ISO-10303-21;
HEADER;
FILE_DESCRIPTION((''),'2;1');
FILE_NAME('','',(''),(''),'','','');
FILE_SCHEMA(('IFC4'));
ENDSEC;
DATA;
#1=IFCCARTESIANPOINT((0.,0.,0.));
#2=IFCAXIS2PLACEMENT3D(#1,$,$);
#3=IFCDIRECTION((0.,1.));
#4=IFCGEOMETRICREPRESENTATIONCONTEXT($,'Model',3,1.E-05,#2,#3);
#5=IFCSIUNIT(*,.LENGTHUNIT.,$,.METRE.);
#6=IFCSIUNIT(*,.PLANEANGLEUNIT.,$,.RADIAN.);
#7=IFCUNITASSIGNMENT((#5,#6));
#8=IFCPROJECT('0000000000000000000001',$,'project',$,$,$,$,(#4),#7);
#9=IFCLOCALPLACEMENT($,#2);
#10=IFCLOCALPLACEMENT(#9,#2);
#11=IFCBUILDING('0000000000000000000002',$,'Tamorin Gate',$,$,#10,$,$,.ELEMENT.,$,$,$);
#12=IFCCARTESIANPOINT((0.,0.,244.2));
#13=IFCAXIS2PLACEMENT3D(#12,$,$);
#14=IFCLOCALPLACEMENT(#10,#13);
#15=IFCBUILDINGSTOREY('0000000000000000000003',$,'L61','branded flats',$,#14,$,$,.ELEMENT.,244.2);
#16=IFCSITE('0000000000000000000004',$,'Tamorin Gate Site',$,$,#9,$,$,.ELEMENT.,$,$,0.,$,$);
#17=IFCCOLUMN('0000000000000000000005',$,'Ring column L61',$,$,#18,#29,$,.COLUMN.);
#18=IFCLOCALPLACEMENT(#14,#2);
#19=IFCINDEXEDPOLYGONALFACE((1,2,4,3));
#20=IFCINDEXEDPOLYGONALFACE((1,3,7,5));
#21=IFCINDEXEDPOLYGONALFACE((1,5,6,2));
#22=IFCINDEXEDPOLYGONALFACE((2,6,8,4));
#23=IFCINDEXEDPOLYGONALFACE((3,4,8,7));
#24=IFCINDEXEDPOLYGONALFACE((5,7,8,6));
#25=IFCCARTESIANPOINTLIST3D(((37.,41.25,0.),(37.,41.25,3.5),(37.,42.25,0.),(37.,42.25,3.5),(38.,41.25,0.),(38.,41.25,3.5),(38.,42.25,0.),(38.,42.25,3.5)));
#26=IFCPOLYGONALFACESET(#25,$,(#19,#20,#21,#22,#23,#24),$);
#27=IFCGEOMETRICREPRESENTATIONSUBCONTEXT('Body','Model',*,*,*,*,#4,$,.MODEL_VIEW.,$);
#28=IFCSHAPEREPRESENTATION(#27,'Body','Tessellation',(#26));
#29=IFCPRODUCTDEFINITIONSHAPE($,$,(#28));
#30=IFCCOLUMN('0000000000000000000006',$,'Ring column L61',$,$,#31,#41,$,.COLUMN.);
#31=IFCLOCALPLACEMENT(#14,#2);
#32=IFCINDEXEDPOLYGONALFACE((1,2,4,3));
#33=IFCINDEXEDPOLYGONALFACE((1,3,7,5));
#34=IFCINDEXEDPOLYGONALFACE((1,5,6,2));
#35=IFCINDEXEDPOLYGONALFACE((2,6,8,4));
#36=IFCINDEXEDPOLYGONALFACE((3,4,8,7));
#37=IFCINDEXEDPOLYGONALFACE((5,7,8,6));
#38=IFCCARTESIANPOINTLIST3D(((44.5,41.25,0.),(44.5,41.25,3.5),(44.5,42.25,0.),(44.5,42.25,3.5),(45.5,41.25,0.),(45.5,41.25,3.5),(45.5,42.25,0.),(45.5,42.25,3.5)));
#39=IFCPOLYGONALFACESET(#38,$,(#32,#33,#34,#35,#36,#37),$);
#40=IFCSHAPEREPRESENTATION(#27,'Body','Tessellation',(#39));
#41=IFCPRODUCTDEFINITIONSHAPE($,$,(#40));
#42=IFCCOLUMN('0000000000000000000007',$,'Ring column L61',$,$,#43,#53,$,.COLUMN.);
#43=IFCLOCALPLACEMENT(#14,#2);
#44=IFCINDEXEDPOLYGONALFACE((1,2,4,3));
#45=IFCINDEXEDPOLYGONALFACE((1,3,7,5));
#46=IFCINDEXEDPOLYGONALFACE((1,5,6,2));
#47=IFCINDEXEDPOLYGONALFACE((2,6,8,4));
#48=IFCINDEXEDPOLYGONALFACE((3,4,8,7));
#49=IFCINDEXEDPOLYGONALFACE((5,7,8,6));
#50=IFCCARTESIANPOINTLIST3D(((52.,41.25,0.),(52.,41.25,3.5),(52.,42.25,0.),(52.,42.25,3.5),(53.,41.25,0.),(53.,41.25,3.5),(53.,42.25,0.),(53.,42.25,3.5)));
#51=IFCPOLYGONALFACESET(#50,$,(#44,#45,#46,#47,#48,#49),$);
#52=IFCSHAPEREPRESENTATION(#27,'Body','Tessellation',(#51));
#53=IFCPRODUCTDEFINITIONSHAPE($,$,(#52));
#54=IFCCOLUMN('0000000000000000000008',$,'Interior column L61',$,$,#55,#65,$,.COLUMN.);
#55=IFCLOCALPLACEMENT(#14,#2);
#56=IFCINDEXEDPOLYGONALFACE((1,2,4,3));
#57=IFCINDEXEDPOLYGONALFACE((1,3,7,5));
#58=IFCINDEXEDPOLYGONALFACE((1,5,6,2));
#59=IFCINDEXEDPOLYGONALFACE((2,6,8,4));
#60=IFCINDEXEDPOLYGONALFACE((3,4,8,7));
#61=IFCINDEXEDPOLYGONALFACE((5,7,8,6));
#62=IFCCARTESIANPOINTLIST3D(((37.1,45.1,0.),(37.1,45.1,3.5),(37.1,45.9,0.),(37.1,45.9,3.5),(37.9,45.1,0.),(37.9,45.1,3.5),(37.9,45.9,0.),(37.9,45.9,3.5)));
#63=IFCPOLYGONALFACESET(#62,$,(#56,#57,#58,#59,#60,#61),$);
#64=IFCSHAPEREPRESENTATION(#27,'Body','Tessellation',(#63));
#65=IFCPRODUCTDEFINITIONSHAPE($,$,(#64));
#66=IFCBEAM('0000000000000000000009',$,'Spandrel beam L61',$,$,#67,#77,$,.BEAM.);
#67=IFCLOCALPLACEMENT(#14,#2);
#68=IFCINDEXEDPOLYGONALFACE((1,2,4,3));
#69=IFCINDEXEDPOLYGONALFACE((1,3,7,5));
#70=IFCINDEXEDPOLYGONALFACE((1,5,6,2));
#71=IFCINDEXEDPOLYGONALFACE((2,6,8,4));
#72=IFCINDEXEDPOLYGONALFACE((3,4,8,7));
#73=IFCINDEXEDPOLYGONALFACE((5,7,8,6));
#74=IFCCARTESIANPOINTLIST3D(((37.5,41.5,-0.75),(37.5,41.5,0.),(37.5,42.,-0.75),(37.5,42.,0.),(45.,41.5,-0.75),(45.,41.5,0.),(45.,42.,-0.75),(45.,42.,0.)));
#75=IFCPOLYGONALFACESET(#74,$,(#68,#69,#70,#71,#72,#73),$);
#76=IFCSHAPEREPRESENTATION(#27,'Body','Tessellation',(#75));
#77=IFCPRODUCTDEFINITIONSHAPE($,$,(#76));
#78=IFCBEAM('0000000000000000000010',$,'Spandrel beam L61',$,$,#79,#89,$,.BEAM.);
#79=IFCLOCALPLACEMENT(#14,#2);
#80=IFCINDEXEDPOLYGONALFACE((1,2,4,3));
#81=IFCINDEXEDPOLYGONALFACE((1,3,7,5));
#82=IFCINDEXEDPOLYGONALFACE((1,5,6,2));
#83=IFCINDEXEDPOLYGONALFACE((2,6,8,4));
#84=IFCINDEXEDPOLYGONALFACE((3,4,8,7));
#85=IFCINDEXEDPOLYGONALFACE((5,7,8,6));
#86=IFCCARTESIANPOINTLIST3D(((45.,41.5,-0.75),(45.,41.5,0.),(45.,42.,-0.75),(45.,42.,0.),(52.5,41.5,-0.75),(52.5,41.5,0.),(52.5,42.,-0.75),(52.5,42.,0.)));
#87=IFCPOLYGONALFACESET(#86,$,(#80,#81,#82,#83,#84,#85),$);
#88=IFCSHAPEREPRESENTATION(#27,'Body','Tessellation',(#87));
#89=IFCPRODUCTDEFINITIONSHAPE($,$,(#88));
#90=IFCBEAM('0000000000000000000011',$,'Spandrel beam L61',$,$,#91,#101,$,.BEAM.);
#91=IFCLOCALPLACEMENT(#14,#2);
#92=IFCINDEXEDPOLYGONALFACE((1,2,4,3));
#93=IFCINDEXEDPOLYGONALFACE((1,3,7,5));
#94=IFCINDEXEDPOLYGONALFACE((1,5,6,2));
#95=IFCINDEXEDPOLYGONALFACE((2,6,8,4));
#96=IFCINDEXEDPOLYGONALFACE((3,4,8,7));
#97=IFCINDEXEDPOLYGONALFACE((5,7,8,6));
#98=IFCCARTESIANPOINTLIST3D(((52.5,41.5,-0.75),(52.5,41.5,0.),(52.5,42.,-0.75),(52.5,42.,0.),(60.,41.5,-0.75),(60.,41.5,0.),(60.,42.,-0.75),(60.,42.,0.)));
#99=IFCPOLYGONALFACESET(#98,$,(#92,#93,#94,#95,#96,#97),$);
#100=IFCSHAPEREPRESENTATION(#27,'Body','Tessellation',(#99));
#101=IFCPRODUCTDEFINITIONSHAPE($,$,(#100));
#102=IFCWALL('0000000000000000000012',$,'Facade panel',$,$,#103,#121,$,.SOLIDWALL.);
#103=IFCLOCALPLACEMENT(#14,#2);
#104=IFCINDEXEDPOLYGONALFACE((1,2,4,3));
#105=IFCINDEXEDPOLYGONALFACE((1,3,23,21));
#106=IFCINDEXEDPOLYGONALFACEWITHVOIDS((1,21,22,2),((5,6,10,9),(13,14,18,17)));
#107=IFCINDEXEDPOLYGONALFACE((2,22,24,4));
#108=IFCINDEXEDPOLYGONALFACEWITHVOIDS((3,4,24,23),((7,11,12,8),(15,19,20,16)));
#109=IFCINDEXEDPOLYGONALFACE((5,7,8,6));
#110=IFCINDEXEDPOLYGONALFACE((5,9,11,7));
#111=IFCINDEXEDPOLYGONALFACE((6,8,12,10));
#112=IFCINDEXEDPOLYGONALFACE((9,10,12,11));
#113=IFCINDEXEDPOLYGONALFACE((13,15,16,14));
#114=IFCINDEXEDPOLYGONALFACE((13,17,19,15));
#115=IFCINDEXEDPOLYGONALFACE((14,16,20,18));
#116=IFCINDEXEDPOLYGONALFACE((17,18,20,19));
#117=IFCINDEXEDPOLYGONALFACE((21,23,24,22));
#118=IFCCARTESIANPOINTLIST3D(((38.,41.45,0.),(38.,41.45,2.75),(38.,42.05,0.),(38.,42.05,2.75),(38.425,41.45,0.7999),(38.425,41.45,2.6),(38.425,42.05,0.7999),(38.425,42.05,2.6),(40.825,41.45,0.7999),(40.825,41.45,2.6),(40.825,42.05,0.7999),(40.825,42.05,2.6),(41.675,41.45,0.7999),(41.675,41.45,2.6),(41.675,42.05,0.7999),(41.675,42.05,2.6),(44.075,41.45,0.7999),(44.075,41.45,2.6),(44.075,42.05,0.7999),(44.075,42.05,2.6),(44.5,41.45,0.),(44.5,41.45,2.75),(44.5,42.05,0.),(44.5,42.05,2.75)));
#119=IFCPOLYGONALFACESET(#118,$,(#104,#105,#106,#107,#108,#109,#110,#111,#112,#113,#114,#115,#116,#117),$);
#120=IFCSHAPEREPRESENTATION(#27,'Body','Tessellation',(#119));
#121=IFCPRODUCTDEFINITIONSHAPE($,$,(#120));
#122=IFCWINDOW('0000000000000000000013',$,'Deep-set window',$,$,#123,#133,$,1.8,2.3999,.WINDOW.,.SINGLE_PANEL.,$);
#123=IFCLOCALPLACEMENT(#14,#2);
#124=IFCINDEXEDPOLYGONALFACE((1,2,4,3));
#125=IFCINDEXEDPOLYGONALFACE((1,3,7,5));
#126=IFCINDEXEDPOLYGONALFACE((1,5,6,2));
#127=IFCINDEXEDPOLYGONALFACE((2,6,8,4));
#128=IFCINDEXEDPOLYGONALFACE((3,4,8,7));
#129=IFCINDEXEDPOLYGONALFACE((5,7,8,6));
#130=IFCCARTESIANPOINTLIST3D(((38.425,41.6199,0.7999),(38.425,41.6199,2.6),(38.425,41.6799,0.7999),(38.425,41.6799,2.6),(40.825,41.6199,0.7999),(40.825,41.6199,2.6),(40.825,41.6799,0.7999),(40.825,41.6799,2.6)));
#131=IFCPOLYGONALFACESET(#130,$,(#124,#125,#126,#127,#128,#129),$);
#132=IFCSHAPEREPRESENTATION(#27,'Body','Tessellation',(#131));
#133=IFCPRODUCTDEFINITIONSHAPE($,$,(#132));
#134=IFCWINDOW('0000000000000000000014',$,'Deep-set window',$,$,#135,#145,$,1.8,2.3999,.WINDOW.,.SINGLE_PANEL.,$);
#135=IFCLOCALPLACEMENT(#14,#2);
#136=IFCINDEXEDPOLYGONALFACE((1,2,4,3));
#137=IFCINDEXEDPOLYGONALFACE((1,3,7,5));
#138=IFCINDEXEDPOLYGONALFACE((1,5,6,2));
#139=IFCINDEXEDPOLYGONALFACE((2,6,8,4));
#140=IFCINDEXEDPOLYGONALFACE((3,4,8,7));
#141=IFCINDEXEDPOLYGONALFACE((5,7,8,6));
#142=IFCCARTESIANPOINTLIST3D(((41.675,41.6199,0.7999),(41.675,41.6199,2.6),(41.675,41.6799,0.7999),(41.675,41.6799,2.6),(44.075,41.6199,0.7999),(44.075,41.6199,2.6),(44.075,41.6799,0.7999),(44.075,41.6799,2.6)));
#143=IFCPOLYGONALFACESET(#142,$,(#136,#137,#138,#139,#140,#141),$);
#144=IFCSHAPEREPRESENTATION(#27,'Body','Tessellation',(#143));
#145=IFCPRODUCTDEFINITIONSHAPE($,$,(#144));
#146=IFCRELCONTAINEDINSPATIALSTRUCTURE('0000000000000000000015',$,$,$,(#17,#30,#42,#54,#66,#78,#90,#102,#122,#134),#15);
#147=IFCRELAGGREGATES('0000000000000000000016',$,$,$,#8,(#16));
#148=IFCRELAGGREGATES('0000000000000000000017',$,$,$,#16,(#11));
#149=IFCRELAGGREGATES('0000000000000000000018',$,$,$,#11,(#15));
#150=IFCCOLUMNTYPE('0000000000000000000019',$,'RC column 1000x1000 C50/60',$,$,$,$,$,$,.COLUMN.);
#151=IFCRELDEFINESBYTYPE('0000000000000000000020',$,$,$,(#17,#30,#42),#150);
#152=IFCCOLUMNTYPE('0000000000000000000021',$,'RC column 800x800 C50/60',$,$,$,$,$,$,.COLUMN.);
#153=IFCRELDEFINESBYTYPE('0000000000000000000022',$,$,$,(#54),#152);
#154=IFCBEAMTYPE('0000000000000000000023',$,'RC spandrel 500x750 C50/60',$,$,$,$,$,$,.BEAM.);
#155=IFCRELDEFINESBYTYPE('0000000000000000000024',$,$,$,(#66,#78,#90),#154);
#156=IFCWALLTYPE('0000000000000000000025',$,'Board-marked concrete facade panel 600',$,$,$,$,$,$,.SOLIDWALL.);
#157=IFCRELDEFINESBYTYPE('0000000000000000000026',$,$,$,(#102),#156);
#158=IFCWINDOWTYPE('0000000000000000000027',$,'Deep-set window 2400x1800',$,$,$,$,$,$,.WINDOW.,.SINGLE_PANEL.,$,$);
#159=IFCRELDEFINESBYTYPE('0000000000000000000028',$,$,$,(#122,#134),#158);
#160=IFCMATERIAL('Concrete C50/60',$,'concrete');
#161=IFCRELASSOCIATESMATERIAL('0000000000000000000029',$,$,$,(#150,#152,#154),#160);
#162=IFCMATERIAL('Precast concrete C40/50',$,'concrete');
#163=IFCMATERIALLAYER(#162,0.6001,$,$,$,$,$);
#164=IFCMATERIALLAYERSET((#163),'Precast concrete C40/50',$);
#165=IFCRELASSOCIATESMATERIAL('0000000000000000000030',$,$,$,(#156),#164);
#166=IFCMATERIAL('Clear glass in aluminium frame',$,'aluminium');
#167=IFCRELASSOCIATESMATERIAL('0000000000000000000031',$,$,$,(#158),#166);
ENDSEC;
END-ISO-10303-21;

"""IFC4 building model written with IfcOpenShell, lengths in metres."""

from ifc_helpers import new_model, si_unit, direction, frame, frame_2d, origin, origin_2d, place, context, subcontext, project, spatial, rectangle, extrude, material, layer, layer_set, material_profile, profile_set, type_object, element, fill, save


model = new_model("IFC4")

# Units and contexts
model_context = context("Model", 3, precision=1e-05, world=origin(), true_north=direction((0.0, 1.0)))
body_context = subcontext(model_context, "Body", "Model", "MODEL_VIEW")
ifc_project = project(units=[si_unit("LENGTHUNIT", "METRE"), si_unit("PLANEANGLEUNIT", "RADIAN")], contexts=[model_context])

# Site, building, storey
site_placement = place(None, origin())
site = spatial("IfcSite", under=ifc_project, at=site_placement, Name="Tamorin Gate Site", CompositionType="ELEMENT", RefElevation=0.0)
building_placement = place(site_placement, origin())
building = spatial("IfcBuilding", under=site, at=building_placement, Name="Tamorin Gate", CompositionType="ELEMENT")
storey_placement = place(building_placement, frame((0.0, 0.0, 244.2)))
storey = spatial("IfcBuildingStorey", under=building, at=storey_placement, Name="L61", Description="branded flats", CompositionType="ELEMENT", Elevation=244.2)

# Columns
ifc_material_1 = material(Name="Concrete C50/60", Category="concrete")
ifc_material_profile_1 = material_profile(ifc_material_1, rectangle(XDim=1.0, YDim=1.0, at=origin_2d()), Name="RC 1000x1000")
ifc_profile_set_1 = profile_set([ifc_material_profile_1], Name="Concrete C50/60")
column_type_1 = type_object("IfcColumnType", Name="RC column 1000x1000 C50/60", PredefinedType="COLUMN", material=ifc_profile_set_1)
for number, where, z_axis, x_axis, name in (
    (1, (37.5, 41.75, 0.0), (0.0, 0.0, 1.0), (1.0, 0.0, 0.0), "Ring column L61"),
    (2, (45.0, 41.75, 0.0), (0.0, 0.0, 1.0), (1.0, 0.0, 0.0), "Ring column L61"),
    (3, (52.5, 41.75, 0.0), (0.0, 0.0, 1.0), (1.0, 0.0, 0.0), "Ring column L61"),
):
    element("IfcColumn", number, at=place(storey_placement, frame(where, z_axis=z_axis, x_axis=x_axis)), inside=storey, type_object=column_type_1, Name=name, PredefinedType="COLUMN", context=body_context, shape_type="SweptSolid", body=[
        extrude(rectangle(XDim=1.0, YDim=1.0, at=origin_2d()), origin(), (0.0, 0.0, 1.0), 3.5),
    ])
ifc_material_profile_2 = material_profile(ifc_material_1, rectangle(XDim=0.8, YDim=0.8, at=origin_2d()), Name="RC 800x800")
ifc_profile_set_2 = profile_set([ifc_material_profile_2], Name="Concrete C50/60")
column_type_2 = type_object("IfcColumnType", Name="RC column 800x800 C50/60", PredefinedType="COLUMN", material=ifc_profile_set_2)
column_placement = place(storey_placement, frame((37.5, 45.5, 0.0), z_axis=(0.0, 0.0, 1.0), x_axis=(1.0, 0.0, 0.0)))
element("IfcColumn", 4, at=column_placement, inside=storey, type_object=column_type_2, Name="Interior column L61", PredefinedType="COLUMN", context=body_context, shape_type="SweptSolid", body=[
    extrude(rectangle(XDim=0.8, YDim=0.8, at=origin_2d()), origin(), (0.0, 0.0, 1.0), 3.5),
])

# Beams
ifc_material_profile_3 = material_profile(ifc_material_1, rectangle(XDim=0.5, YDim=0.75, at=origin_2d()), Name="RC 500x750")
ifc_profile_set_3 = profile_set([ifc_material_profile_3], Name="Concrete C50/60")
beam_type = type_object("IfcBeamType", Name="RC spandrel 500x750 C50/60", PredefinedType="BEAM", material=ifc_profile_set_3)
for number, where, z_axis, x_axis, name in (
    (5, (37.5, 41.75, -0.375), (1.0, 0.0, 0.0), (0.0, 1.0, 0.0), "Spandrel beam L61"),
    (6, (45.0, 41.75, -0.375), (1.0, 0.0, 0.0), (0.0, 1.0, 0.0), "Spandrel beam L61"),
    (7, (52.5, 41.75, -0.375), (1.0, 0.0, 0.0), (0.0, 1.0, 0.0), "Spandrel beam L61"),
):
    element("IfcBeam", number, at=place(storey_placement, frame(where, z_axis=z_axis, x_axis=x_axis)), inside=storey, type_object=beam_type, Name=name, PredefinedType="BEAM", context=body_context, shape_type="SweptSolid", body=[
        extrude(rectangle(XDim=0.5, YDim=0.75, at=origin_2d()), origin(), (0.0, 0.0, 1.0), 7.5),
    ])

# Wall, openings, windows
ifc_material_2 = material(Name="Precast concrete C40/50", Category="concrete")
ifc_layer_1 = layer(ifc_material_2, 0.6001)
ifc_layer_set_1 = layer_set([ifc_layer_1], Name="Precast concrete C40/50")
wall_type_1 = type_object("IfcWallType", Name="Board-marked concrete facade panel 600", PredefinedType="SOLIDWALL", material=ifc_layer_set_1)
wall_1_placement = place(storey_placement, frame((38.0, 41.75, 0.0), z_axis=(0.0, 0.0, 1.0), x_axis=(1.0, 0.0, 0.0)))
wall_1 = element("IfcWall", 8, at=wall_1_placement, inside=storey, type_object=wall_type_1, Name="Facade panel", PredefinedType="SOLIDWALL", context=body_context, shape_type="SweptSolid", body=[
    extrude(rectangle(XDim=6.5, YDim=0.6001, at=frame_2d((3.25, 0.0))), origin(), (0.0, 0.0, 1.0), 2.75),
])
opening_1_placement = place(wall_1_placement, frame((0.425, 0.0, 0.8)))
opening_1 = element("IfcOpeningElement", 9, at=opening_1_placement, cuts=wall_1, PredefinedType="OPENING", context=body_context, shape_type="SweptSolid", body=[
    extrude(rectangle(XDim=2.3999, YDim=1.8, at=frame_2d((1.2, 0.8999))), frame((0.0, 0.3101, 0.0), z_axis=(0.0, -1.0, 0.0), x_axis=(1.0, 0.0, 0.0)), (0.0, 0.0, 1.0), 0.6201),
])
opening_2_placement = place(wall_1_placement, frame((3.675, 0.0, 0.8)))
opening_2 = element("IfcOpeningElement", 10, at=opening_2_placement, cuts=wall_1, PredefinedType="OPENING", context=body_context, shape_type="SweptSolid", body=[
    extrude(rectangle(XDim=2.3999, YDim=1.8, at=frame_2d((1.2, 0.8999))), frame((0.0, 0.3101, 0.0), z_axis=(0.0, -1.0, 0.0), x_axis=(1.0, 0.0, 0.0)), (0.0, 0.0, 1.0), 0.6201),
])
ifc_material_3 = material(Name="Clear glass in aluminium frame", Category="aluminium")
window_type = type_object("IfcWindowType", Name="Deep-set window 2400x1800", PartitioningType="SINGLE_PANEL", PredefinedType="WINDOW", material=ifc_material_3)
window_1_placement = place(opening_1_placement, origin())
window_1 = element("IfcWindow", 11, at=window_1_placement, inside=storey, type_object=window_type, Name="Deep-set window", OverallHeight=1.8, OverallWidth=2.3999, PartitioningType="SINGLE_PANEL", PredefinedType="WINDOW", context=body_context, shape_type="SweptSolid", body=[
    extrude(rectangle(XDim=2.3999, YDim=1.8, at=frame_2d((1.2, 0.8999))), frame((0.0, -0.0701, 0.0), z_axis=(0.0, -1.0, 0.0), x_axis=(1.0, 0.0, 0.0)), (0.0, 0.0, 1.0), 0.0601),
])
fill(opening_1, window_1)
window_2_placement = place(opening_2_placement, origin())
window_2 = element("IfcWindow", 12, at=window_2_placement, inside=storey, type_object=window_type, Name="Deep-set window", OverallHeight=1.8, OverallWidth=2.3999, PartitioningType="SINGLE_PANEL", PredefinedType="WINDOW", context=body_context, shape_type="SweptSolid", body=[
    extrude(rectangle(XDim=2.3999, YDim=1.8, at=frame_2d((1.2, 0.8999))), frame((0.0, -0.0701, 0.0), z_axis=(0.0, -1.0, 0.0), x_axis=(1.0, 0.0, 0.0)), (0.0, 0.0, 1.0), 0.0601),
])
fill(opening_2, window_2)

save(model, "model.ifc")
